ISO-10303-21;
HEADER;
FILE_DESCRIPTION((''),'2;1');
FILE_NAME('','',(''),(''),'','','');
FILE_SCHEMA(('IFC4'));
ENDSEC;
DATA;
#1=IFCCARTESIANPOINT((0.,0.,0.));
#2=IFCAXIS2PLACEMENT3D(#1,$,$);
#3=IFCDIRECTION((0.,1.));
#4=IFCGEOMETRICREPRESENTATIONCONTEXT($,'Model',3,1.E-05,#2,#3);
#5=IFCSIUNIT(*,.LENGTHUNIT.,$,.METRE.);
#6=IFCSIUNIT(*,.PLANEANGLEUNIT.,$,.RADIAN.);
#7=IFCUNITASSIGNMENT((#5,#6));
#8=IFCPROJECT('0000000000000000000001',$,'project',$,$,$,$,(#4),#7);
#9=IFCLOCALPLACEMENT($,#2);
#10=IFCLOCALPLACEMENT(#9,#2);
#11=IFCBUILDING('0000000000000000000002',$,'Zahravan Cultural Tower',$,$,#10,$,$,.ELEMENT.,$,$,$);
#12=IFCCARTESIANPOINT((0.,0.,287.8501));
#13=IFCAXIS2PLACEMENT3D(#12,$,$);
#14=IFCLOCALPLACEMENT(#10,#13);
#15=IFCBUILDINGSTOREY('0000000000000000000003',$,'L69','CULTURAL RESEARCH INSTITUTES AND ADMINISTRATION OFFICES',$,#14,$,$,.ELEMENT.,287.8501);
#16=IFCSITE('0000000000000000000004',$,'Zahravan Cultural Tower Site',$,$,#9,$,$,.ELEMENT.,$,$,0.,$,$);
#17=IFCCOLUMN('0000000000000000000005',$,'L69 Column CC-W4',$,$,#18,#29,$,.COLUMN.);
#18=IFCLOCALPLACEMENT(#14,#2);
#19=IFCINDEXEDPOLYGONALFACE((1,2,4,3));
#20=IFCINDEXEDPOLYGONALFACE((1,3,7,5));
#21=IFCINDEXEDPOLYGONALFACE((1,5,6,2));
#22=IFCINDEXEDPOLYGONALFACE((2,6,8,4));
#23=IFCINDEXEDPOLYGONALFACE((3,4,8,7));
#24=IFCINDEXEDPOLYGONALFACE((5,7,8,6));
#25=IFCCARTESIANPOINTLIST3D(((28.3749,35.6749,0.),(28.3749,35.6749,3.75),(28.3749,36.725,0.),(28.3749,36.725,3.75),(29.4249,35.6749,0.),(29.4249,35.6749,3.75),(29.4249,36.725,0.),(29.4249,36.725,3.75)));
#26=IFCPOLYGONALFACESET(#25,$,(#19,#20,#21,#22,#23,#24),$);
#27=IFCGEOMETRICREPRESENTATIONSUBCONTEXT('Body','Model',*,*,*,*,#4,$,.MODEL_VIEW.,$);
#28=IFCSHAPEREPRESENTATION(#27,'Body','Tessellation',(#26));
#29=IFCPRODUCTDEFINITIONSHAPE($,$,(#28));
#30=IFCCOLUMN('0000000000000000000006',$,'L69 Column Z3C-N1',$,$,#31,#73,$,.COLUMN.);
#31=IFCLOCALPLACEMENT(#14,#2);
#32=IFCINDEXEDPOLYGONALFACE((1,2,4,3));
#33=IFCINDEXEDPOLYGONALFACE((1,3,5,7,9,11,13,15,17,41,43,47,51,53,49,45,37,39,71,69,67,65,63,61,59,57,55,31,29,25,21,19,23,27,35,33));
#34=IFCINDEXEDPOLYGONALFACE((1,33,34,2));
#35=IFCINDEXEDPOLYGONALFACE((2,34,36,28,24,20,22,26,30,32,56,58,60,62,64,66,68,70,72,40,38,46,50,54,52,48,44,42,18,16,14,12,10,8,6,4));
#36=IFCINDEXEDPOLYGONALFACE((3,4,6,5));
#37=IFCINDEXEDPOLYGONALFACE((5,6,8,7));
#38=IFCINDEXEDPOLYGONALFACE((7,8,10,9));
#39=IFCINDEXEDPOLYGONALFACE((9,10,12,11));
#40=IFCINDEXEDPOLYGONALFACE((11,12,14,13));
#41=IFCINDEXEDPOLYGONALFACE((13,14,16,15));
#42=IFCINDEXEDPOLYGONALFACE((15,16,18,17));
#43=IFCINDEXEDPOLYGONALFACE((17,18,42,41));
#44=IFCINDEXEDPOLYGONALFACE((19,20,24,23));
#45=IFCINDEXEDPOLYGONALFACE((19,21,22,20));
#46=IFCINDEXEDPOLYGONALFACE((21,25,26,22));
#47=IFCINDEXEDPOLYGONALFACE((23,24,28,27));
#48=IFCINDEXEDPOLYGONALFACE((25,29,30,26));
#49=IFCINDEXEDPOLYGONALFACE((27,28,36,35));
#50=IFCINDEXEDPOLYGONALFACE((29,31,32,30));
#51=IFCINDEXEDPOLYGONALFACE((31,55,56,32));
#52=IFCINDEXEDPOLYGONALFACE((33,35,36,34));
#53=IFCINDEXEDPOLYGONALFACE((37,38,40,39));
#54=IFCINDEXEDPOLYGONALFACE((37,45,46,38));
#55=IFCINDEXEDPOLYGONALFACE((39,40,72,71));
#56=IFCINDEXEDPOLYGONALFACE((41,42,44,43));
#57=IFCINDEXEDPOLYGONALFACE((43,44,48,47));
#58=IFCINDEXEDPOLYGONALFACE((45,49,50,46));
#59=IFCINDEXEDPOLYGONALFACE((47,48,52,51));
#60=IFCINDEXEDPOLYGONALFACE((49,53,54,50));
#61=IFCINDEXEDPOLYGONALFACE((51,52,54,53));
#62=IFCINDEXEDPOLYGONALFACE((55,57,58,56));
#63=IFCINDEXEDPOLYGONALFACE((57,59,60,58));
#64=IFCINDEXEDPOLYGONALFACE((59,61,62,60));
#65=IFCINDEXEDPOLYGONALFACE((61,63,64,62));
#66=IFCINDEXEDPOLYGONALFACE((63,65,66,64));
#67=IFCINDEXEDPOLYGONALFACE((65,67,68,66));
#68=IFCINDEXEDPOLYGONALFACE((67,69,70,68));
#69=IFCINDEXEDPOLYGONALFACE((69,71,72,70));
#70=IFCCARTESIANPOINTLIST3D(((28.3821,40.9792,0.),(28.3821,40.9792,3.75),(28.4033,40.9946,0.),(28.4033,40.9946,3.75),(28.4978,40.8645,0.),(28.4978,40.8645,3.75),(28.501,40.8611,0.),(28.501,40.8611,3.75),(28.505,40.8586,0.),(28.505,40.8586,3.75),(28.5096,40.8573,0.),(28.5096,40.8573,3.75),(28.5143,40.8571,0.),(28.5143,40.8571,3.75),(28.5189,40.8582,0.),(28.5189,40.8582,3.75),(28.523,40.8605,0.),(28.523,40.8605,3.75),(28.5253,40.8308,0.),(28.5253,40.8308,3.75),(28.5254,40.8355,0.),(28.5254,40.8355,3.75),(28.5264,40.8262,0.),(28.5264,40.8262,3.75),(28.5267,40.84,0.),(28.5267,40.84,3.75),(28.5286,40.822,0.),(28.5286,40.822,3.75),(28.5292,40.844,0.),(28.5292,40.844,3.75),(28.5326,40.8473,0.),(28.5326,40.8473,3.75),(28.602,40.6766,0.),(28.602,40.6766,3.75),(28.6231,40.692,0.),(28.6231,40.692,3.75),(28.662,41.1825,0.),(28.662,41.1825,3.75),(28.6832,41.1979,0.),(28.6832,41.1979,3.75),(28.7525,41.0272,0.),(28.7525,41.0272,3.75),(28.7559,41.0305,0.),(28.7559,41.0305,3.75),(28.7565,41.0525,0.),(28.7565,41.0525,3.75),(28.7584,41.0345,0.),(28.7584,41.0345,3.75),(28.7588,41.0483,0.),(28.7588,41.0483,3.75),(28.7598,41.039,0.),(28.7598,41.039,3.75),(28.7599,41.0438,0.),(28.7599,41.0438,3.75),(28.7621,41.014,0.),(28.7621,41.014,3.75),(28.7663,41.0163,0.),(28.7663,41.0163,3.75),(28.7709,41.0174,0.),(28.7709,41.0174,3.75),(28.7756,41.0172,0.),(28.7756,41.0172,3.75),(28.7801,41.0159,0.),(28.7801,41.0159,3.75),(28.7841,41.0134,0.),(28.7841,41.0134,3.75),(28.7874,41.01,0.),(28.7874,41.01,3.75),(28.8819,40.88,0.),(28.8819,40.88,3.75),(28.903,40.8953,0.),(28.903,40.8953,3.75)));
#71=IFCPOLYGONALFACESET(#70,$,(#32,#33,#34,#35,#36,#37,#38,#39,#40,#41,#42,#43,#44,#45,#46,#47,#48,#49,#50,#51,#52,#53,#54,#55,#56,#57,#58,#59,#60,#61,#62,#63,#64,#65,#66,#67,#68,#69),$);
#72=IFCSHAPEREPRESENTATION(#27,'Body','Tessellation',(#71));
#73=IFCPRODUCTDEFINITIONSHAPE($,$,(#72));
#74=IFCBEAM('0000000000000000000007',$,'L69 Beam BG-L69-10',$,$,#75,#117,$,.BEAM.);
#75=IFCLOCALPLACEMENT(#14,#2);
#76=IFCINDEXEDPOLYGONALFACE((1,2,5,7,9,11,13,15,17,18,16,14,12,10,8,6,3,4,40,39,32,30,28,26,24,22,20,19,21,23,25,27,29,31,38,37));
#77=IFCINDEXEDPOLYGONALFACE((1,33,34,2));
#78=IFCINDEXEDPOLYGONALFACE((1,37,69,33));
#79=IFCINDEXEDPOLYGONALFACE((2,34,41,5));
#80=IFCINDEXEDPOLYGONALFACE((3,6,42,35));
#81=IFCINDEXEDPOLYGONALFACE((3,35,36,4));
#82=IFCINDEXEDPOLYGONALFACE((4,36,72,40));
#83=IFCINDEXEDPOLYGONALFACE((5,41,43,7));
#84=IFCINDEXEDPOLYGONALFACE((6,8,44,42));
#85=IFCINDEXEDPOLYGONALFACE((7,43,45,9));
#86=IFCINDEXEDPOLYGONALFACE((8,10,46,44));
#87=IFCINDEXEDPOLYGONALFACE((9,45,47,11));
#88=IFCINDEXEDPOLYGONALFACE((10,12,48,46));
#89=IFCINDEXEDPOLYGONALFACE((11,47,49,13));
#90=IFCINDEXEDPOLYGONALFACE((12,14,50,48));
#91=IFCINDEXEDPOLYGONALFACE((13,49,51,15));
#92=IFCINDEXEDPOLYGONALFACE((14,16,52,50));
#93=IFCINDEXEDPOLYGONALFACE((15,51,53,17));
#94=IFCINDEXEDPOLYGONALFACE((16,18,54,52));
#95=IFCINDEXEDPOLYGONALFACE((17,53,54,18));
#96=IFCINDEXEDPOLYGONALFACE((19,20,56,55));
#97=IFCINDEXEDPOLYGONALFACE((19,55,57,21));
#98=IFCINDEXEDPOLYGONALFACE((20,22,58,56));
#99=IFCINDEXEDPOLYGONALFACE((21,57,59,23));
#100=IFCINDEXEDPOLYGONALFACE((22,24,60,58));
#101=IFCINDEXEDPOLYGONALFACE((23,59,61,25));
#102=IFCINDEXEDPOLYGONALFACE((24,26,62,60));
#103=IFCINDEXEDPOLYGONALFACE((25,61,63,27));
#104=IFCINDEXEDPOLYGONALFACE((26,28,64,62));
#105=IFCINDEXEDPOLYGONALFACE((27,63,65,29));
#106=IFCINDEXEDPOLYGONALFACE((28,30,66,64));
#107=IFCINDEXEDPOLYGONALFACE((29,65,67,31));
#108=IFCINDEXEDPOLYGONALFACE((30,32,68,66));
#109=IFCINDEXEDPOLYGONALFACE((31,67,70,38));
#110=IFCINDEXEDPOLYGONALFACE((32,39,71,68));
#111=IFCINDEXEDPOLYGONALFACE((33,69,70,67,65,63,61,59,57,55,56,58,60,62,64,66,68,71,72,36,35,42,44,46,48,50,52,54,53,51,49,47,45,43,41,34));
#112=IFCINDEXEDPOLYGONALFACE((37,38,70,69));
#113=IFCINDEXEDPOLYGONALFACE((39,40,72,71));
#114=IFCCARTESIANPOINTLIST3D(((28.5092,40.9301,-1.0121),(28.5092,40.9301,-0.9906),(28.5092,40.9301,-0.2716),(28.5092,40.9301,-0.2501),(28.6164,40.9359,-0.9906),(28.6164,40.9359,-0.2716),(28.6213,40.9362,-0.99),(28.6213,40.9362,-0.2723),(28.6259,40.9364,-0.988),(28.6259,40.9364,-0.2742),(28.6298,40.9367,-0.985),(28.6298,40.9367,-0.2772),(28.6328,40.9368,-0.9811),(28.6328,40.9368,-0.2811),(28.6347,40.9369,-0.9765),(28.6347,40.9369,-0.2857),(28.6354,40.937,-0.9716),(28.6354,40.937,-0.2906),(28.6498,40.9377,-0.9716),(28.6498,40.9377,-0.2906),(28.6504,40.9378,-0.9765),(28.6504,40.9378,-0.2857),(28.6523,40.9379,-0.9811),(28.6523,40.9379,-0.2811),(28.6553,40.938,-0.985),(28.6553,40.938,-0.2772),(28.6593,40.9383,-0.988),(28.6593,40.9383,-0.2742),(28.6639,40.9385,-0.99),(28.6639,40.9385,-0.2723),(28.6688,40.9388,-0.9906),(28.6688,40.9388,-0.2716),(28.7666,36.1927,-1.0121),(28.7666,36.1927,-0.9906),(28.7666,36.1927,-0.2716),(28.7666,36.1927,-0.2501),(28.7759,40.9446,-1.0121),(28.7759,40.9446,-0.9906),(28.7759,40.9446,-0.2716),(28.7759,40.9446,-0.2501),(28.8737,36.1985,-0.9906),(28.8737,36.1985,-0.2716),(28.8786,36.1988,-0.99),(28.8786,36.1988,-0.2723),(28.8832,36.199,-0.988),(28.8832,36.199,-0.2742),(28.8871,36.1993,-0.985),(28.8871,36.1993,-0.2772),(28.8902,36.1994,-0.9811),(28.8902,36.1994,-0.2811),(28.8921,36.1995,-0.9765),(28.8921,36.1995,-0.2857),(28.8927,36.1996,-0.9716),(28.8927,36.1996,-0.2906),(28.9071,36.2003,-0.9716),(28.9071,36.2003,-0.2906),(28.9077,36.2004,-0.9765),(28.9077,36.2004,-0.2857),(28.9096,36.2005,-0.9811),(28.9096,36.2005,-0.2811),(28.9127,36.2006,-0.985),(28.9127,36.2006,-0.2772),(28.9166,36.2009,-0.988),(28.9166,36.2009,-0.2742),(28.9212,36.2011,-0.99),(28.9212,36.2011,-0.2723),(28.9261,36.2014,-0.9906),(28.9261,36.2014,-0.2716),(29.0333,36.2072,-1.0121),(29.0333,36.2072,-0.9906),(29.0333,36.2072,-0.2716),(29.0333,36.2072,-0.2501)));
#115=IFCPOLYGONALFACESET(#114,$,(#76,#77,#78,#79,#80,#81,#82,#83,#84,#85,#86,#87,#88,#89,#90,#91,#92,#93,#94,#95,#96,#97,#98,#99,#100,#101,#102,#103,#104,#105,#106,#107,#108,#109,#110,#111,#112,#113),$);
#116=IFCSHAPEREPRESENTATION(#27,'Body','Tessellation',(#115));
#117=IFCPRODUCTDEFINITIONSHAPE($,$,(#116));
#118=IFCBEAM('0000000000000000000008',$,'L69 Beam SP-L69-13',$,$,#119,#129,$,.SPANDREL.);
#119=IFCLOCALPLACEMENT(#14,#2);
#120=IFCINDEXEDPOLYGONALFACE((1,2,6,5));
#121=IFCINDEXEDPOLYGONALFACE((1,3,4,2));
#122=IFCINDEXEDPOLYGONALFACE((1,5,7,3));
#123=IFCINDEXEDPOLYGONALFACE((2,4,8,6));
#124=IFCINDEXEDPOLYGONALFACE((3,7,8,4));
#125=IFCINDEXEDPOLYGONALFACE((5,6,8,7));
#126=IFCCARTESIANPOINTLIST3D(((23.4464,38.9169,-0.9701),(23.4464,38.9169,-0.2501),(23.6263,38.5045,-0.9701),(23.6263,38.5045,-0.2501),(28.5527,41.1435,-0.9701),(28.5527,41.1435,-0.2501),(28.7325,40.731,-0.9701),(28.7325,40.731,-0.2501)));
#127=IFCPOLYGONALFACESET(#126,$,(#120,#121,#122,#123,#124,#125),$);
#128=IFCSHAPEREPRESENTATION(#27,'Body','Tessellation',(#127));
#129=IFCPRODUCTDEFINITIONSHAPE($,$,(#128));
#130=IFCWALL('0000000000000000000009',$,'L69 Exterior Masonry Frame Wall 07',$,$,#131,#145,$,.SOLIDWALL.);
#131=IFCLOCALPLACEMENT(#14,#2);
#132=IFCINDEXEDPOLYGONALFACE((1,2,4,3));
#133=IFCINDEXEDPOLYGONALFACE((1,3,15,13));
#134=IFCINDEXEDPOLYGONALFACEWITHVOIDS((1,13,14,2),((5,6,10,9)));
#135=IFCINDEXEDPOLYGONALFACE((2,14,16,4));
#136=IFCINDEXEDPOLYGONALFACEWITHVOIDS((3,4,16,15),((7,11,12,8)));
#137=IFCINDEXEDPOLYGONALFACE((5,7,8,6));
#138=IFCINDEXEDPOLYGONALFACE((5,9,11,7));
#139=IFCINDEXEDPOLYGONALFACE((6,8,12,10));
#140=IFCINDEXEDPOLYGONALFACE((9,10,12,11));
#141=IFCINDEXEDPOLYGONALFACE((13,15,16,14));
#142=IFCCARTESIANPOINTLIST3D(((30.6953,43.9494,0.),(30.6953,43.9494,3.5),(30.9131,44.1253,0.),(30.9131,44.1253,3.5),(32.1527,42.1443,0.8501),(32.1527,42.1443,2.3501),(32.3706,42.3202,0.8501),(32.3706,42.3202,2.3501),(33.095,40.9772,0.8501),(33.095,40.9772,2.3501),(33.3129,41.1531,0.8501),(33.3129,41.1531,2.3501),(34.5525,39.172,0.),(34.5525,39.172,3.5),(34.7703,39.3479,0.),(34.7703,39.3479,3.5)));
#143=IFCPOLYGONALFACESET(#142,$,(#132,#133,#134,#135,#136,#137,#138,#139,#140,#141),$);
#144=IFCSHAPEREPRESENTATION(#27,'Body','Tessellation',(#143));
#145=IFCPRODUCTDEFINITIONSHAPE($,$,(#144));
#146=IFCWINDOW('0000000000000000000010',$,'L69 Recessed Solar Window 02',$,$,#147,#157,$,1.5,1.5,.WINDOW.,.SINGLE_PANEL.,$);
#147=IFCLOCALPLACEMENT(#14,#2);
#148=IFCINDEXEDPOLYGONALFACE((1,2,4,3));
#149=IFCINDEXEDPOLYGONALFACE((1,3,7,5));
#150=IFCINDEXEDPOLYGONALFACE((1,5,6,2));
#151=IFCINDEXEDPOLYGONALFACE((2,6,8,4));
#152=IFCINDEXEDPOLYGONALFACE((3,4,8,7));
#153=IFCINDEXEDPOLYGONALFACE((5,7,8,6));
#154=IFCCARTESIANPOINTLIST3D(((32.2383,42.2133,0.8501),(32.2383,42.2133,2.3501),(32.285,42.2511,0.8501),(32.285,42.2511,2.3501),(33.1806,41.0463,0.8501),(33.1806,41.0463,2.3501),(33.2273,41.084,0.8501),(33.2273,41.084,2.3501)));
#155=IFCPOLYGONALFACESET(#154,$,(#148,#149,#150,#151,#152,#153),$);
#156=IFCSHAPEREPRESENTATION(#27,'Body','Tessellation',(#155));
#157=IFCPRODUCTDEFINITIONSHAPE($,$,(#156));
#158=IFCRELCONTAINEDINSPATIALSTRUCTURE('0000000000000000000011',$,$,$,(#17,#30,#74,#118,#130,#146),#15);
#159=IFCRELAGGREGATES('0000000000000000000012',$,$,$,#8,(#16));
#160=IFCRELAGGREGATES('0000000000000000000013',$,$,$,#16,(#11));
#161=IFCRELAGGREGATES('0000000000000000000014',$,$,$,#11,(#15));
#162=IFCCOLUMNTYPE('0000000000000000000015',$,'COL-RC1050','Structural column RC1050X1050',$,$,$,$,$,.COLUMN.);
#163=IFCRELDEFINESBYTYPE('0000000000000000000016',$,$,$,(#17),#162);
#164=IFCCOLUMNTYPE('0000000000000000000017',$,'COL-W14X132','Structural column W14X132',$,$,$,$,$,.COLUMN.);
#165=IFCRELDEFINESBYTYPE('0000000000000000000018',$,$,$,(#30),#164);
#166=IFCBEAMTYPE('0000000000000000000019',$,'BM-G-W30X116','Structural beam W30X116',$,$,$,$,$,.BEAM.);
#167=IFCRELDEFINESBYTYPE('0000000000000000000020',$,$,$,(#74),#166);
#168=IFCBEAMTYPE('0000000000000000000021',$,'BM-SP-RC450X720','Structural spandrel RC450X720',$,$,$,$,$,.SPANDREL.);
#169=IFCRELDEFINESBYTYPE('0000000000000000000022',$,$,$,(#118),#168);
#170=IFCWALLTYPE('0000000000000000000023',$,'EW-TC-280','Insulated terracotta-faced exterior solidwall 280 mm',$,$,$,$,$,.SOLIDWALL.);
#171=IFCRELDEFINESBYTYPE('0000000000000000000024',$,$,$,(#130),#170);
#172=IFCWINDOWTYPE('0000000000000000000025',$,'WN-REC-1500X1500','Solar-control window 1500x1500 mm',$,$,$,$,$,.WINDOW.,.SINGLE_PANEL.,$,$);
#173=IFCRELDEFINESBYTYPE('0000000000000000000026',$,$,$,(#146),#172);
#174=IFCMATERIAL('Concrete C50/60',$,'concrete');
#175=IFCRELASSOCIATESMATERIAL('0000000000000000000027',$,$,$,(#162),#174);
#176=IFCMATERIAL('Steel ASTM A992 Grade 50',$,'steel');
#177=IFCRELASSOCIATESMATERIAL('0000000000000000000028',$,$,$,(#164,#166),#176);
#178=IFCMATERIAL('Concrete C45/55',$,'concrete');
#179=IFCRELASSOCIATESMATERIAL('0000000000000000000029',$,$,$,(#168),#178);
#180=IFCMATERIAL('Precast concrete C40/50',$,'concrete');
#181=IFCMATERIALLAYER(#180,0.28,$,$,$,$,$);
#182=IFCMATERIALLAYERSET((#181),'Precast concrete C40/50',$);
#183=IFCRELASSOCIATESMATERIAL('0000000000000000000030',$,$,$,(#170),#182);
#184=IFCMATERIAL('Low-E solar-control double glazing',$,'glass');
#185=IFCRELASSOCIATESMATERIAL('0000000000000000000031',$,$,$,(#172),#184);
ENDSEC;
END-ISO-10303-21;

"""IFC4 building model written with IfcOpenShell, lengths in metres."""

from ifc_helpers import new_model, si_unit, direction, frame, frame_2d, origin, origin_2d, place, context, subcontext, project, spatial, rectangle, i_section, extrude, source, transform, mapped, material, layer, layer_set, material_profile, profile_set, type_object, element, fill, save


model = new_model("IFC4")

# Units and contexts
model_context = context("Model", 3, precision=1e-05, world=origin(), true_north=direction((0.0, 1.0)))
body_context = subcontext(model_context, "Body", "Model", "MODEL_VIEW")
ifc_project = project(units=[si_unit("LENGTHUNIT", "METRE"), si_unit("PLANEANGLEUNIT", "RADIAN")], contexts=[model_context])

# Site, building, storey
site_placement = place(None, origin())
site = spatial("IfcSite", under=ifc_project, at=site_placement, Name="Zahravan Cultural Tower Site", CompositionType="ELEMENT", RefElevation=0.0)
building_placement = place(site_placement, origin())
building = spatial("IfcBuilding", under=site, at=building_placement, Name="Zahravan Cultural Tower", CompositionType="ELEMENT")
storey_placement = place(building_placement, frame((0.0, 0.0, 287.8501)))
storey = spatial("IfcBuildingStorey", under=building, at=storey_placement, Name="L69", Description="CULTURAL RESEARCH INSTITUTES AND ADMINISTRATION OFFICES", CompositionType="ELEMENT", Elevation=287.8501)

# Columns
ifc_material_1 = material(Name="Concrete C50/60", Category="concrete")
ifc_material_profile_1 = material_profile(ifc_material_1, rectangle(XDim=1.05, YDim=1.05, at=origin_2d()), Name="RC1050X1050")
ifc_profile_set_1 = profile_set([ifc_material_profile_1], Name="Concrete C50/60")
column_type_1 = type_object("IfcColumnType", Name="COL-RC1050", Description="Structural column RC1050X1050", PredefinedType="COLUMN", material=ifc_profile_set_1)
shared_shape_1 = source(origin(), body_context, "Body", "SweptSolid", [
    extrude(rectangle(XDim=1.05, YDim=1.05, at=origin_2d()), origin(), (0.0, 0.0, 1.0), 3.75),
])
column_1_placement = place(storey_placement, frame((28.8999, 36.2, 0.0), z_axis=(0.0, 0.0, 1.0), x_axis=(1.0, 0.0, 0.0)))
element("IfcColumn", 1, at=column_1_placement, inside=storey, type_object=column_type_1, Name="L69 Column CC-W4", PredefinedType="COLUMN", context=body_context, shape_type="MappedRepresentation", body=[
    mapped(shared_shape_1, transform((0.0, 0.0, 0.0), x_axis=(1.0, 0.0, 0.0), y_axis=(0.0, 1.0, 0.0), z_axis=(0.0, 0.0, 1.0), scale=1.0)),
])
ifc_material_2 = material(Name="Steel ASTM A992 Grade 50", Category="steel")
ifc_material_profile_2 = material_profile(ifc_material_2, i_section(OverallWidth=0.374, OverallDepth=0.3721, WebThickness=0.0164, FlangeThickness=0.0261, FilletRadius=0.0181, at=origin_2d()), Name="W14X132")
ifc_profile_set_2 = profile_set([ifc_material_profile_2], Name="Steel ASTM A992 Grade 50")
column_type_2 = type_object("IfcColumnType", Name="COL-W14X132", Description="Structural column W14X132", PredefinedType="COLUMN", material=ifc_profile_set_2)
shared_shape_2 = source(origin(), body_context, "Body", "SweptSolid", [
    extrude(i_section(OverallWidth=0.374, OverallDepth=0.3721, WebThickness=0.0164, FlangeThickness=0.0261, FilletRadius=0.0181, at=origin_2d()), origin(), (0.0, 0.0, 1.0), 3.75),
])
column_2_placement = place(storey_placement, frame((28.6426, 40.9373, 0.0), z_axis=(0.0, 0.0, 1.0), x_axis=(-0.587785, 0.809017, 0.0)))
element("IfcColumn", 2, at=column_2_placement, inside=storey, type_object=column_type_2, Name="L69 Column Z3C-N1", PredefinedType="COLUMN", context=body_context, shape_type="MappedRepresentation", body=[
    mapped(shared_shape_2, transform((0.0, 0.0, 0.0), x_axis=(1.0, 0.0, 0.0), y_axis=(0.0, 1.0, 0.0), z_axis=(0.0, 0.0, 1.0), scale=1.0)),
])

# Beams
ifc_material_profile_3 = material_profile(ifc_material_2, i_section(OverallWidth=0.2671, OverallDepth=0.762, WebThickness=0.0144, FlangeThickness=0.0215, FilletRadius=0.019, at=origin_2d()), Name="W30X116")
ifc_profile_set_3 = profile_set([ifc_material_profile_3], Name="Steel ASTM A992 Grade 50")
beam_type_1 = type_object("IfcBeamType", Name="BM-G-W30X116", Description="Structural beam W30X116", PredefinedType="BEAM", material=ifc_profile_set_3)
shared_shape_3 = source(origin(), body_context, "Body", "SweptSolid", [
    extrude(i_section(OverallWidth=0.2671, OverallDepth=0.762, WebThickness=0.0144, FlangeThickness=0.0215, FilletRadius=0.019, at=origin_2d()), origin(), (0.0, 0.0, 1.0), 4.7444),
])
beam_1_placement = place(storey_placement, frame((28.8999, 36.2, -0.6311), z_axis=(-0.054239, 0.998528, 0.0), x_axis=(-0.998528, -0.054239, 0.0)))
element("IfcBeam", 3, at=beam_1_placement, inside=storey, type_object=beam_type_1, Name="L69 Beam BG-L69-10", PredefinedType="BEAM", context=body_context, shape_type="MappedRepresentation", body=[
    mapped(shared_shape_3, transform((0.0, 0.0, 0.0), x_axis=(1.0, 0.0, 0.0), y_axis=(0.0, 1.0, 0.0), z_axis=(0.0, 0.0, 1.0), scale=1.0)),
])
ifc_material_3 = material(Name="Concrete C45/55", Category="concrete")
ifc_material_profile_4 = material_profile(ifc_material_3, rectangle(XDim=0.45, YDim=0.72, at=origin_2d()), Name="RC450X720")
ifc_profile_set_4 = profile_set([ifc_material_profile_4], Name="Concrete C45/55")
beam_type_2 = type_object("IfcBeamType", Name="BM-SP-RC450X720", Description="Structural spandrel RC450X720", PredefinedType="SPANDREL", material=ifc_profile_set_4)
shared_shape_4 = source(origin(), body_context, "Body", "SweptSolid", [
    extrude(rectangle(XDim=0.45, YDim=0.72, at=origin_2d()), origin(), (0.0, 0.0, 1.0), 5.5706),
])
beam_2_placement = place(storey_placement, frame((28.6426, 40.9373, -0.6101), z_axis=(-0.916645, -0.399703, 0.0), x_axis=(0.399703, -0.916645, 0.0)))
element("IfcBeam", 4, at=beam_2_placement, inside=storey, type_object=beam_type_2, Name="L69 Beam SP-L69-13", PredefinedType="SPANDREL", context=body_context, shape_type="MappedRepresentation", body=[
    mapped(shared_shape_4, transform((0.0, 0.0, 0.0), x_axis=(1.0, 0.0, 0.0), y_axis=(0.0, 1.0, 0.0), z_axis=(0.0, 0.0, 1.0), scale=1.0)),
])

# Wall, opening, window
ifc_material_4 = material(Name="Precast concrete C40/50", Category="concrete")
ifc_layer_1 = layer(ifc_material_4, 0.28)
ifc_layer_set_1 = layer_set([ifc_layer_1], Name="Precast concrete C40/50")
wall_type_1 = type_object("IfcWallType", Name="EW-TC-280", Description="Insulated terracotta-faced exterior solidwall 280 mm", PredefinedType="SOLIDWALL", material=ifc_layer_set_1)
wall_1_placement = place(storey_placement, frame((30.8042, 44.0374, 0.0), z_axis=(0.0, 0.0, 1.0), x_axis=(0.628195, -0.778056, 0.0)))
wall_1 = element("IfcWall", 5, at=wall_1_placement, inside=storey, type_object=wall_type_1, Name="L69 Exterior Masonry Frame Wall 07", PredefinedType="SOLIDWALL", context=body_context, shape_type="SweptSolid", body=[
    extrude(rectangle(XDim=6.1401, YDim=0.28, at=frame_2d((3.0701, 0.0))), origin(), (0.0, 0.0, 1.0), 3.5),
])
opening_1_placement = place(wall_1_placement, frame((2.3201, 0.0, 0.8501)))
opening_1 = element("IfcOpeningElement", 6, at=opening_1_placement, cuts=wall_1, PredefinedType="OPENING", context=body_context, shape_type="SweptSolid", body=[
    extrude(rectangle(XDim=1.5, YDim=1.5, at=frame_2d((0.75, 0.75))), frame((0.0, 0.1499, 0.0), z_axis=(0.0, -1.0, 0.0), x_axis=(1.0, 0.0, 0.0)), (0.0, 0.0, 1.0), 0.3),
])
ifc_material_5 = material(Name="Low-E solar-control double glazing", Category="glass")
window_type = type_object("IfcWindowType", Name="WN-REC-1500X1500", Description="Solar-control window 1500x1500 mm", PartitioningType="SINGLE_PANEL", PredefinedType="WINDOW", material=ifc_material_5)
shared_shape_5 = source(origin(), body_context, "Body", "SweptSolid", [
    extrude(rectangle(XDim=1.5, YDim=1.5, at=frame_2d((0.75, 0.75))), frame((0.0, 0.03, 0.0), z_axis=(0.0, -1.0, 0.0), x_axis=(1.0, 0.0, 0.0)), (0.0, 0.0, 1.0), 0.0601),
])
window_placement = place(opening_1_placement, origin())
window = element("IfcWindow", 7, at=window_placement, inside=storey, type_object=window_type, Name="L69 Recessed Solar Window 02", OverallHeight=1.5, OverallWidth=1.5, PartitioningType="SINGLE_PANEL", PredefinedType="WINDOW", context=body_context, shape_type="MappedRepresentation", body=[
    mapped(shared_shape_5, transform((0.0, 0.0, 0.0), x_axis=(1.0, 0.0, 0.0), y_axis=(0.0, 1.0, 0.0), z_axis=(0.0, 0.0, 1.0), scale=1.0)),
])
fill(opening_1, window)

save(model, "model.ifc")
